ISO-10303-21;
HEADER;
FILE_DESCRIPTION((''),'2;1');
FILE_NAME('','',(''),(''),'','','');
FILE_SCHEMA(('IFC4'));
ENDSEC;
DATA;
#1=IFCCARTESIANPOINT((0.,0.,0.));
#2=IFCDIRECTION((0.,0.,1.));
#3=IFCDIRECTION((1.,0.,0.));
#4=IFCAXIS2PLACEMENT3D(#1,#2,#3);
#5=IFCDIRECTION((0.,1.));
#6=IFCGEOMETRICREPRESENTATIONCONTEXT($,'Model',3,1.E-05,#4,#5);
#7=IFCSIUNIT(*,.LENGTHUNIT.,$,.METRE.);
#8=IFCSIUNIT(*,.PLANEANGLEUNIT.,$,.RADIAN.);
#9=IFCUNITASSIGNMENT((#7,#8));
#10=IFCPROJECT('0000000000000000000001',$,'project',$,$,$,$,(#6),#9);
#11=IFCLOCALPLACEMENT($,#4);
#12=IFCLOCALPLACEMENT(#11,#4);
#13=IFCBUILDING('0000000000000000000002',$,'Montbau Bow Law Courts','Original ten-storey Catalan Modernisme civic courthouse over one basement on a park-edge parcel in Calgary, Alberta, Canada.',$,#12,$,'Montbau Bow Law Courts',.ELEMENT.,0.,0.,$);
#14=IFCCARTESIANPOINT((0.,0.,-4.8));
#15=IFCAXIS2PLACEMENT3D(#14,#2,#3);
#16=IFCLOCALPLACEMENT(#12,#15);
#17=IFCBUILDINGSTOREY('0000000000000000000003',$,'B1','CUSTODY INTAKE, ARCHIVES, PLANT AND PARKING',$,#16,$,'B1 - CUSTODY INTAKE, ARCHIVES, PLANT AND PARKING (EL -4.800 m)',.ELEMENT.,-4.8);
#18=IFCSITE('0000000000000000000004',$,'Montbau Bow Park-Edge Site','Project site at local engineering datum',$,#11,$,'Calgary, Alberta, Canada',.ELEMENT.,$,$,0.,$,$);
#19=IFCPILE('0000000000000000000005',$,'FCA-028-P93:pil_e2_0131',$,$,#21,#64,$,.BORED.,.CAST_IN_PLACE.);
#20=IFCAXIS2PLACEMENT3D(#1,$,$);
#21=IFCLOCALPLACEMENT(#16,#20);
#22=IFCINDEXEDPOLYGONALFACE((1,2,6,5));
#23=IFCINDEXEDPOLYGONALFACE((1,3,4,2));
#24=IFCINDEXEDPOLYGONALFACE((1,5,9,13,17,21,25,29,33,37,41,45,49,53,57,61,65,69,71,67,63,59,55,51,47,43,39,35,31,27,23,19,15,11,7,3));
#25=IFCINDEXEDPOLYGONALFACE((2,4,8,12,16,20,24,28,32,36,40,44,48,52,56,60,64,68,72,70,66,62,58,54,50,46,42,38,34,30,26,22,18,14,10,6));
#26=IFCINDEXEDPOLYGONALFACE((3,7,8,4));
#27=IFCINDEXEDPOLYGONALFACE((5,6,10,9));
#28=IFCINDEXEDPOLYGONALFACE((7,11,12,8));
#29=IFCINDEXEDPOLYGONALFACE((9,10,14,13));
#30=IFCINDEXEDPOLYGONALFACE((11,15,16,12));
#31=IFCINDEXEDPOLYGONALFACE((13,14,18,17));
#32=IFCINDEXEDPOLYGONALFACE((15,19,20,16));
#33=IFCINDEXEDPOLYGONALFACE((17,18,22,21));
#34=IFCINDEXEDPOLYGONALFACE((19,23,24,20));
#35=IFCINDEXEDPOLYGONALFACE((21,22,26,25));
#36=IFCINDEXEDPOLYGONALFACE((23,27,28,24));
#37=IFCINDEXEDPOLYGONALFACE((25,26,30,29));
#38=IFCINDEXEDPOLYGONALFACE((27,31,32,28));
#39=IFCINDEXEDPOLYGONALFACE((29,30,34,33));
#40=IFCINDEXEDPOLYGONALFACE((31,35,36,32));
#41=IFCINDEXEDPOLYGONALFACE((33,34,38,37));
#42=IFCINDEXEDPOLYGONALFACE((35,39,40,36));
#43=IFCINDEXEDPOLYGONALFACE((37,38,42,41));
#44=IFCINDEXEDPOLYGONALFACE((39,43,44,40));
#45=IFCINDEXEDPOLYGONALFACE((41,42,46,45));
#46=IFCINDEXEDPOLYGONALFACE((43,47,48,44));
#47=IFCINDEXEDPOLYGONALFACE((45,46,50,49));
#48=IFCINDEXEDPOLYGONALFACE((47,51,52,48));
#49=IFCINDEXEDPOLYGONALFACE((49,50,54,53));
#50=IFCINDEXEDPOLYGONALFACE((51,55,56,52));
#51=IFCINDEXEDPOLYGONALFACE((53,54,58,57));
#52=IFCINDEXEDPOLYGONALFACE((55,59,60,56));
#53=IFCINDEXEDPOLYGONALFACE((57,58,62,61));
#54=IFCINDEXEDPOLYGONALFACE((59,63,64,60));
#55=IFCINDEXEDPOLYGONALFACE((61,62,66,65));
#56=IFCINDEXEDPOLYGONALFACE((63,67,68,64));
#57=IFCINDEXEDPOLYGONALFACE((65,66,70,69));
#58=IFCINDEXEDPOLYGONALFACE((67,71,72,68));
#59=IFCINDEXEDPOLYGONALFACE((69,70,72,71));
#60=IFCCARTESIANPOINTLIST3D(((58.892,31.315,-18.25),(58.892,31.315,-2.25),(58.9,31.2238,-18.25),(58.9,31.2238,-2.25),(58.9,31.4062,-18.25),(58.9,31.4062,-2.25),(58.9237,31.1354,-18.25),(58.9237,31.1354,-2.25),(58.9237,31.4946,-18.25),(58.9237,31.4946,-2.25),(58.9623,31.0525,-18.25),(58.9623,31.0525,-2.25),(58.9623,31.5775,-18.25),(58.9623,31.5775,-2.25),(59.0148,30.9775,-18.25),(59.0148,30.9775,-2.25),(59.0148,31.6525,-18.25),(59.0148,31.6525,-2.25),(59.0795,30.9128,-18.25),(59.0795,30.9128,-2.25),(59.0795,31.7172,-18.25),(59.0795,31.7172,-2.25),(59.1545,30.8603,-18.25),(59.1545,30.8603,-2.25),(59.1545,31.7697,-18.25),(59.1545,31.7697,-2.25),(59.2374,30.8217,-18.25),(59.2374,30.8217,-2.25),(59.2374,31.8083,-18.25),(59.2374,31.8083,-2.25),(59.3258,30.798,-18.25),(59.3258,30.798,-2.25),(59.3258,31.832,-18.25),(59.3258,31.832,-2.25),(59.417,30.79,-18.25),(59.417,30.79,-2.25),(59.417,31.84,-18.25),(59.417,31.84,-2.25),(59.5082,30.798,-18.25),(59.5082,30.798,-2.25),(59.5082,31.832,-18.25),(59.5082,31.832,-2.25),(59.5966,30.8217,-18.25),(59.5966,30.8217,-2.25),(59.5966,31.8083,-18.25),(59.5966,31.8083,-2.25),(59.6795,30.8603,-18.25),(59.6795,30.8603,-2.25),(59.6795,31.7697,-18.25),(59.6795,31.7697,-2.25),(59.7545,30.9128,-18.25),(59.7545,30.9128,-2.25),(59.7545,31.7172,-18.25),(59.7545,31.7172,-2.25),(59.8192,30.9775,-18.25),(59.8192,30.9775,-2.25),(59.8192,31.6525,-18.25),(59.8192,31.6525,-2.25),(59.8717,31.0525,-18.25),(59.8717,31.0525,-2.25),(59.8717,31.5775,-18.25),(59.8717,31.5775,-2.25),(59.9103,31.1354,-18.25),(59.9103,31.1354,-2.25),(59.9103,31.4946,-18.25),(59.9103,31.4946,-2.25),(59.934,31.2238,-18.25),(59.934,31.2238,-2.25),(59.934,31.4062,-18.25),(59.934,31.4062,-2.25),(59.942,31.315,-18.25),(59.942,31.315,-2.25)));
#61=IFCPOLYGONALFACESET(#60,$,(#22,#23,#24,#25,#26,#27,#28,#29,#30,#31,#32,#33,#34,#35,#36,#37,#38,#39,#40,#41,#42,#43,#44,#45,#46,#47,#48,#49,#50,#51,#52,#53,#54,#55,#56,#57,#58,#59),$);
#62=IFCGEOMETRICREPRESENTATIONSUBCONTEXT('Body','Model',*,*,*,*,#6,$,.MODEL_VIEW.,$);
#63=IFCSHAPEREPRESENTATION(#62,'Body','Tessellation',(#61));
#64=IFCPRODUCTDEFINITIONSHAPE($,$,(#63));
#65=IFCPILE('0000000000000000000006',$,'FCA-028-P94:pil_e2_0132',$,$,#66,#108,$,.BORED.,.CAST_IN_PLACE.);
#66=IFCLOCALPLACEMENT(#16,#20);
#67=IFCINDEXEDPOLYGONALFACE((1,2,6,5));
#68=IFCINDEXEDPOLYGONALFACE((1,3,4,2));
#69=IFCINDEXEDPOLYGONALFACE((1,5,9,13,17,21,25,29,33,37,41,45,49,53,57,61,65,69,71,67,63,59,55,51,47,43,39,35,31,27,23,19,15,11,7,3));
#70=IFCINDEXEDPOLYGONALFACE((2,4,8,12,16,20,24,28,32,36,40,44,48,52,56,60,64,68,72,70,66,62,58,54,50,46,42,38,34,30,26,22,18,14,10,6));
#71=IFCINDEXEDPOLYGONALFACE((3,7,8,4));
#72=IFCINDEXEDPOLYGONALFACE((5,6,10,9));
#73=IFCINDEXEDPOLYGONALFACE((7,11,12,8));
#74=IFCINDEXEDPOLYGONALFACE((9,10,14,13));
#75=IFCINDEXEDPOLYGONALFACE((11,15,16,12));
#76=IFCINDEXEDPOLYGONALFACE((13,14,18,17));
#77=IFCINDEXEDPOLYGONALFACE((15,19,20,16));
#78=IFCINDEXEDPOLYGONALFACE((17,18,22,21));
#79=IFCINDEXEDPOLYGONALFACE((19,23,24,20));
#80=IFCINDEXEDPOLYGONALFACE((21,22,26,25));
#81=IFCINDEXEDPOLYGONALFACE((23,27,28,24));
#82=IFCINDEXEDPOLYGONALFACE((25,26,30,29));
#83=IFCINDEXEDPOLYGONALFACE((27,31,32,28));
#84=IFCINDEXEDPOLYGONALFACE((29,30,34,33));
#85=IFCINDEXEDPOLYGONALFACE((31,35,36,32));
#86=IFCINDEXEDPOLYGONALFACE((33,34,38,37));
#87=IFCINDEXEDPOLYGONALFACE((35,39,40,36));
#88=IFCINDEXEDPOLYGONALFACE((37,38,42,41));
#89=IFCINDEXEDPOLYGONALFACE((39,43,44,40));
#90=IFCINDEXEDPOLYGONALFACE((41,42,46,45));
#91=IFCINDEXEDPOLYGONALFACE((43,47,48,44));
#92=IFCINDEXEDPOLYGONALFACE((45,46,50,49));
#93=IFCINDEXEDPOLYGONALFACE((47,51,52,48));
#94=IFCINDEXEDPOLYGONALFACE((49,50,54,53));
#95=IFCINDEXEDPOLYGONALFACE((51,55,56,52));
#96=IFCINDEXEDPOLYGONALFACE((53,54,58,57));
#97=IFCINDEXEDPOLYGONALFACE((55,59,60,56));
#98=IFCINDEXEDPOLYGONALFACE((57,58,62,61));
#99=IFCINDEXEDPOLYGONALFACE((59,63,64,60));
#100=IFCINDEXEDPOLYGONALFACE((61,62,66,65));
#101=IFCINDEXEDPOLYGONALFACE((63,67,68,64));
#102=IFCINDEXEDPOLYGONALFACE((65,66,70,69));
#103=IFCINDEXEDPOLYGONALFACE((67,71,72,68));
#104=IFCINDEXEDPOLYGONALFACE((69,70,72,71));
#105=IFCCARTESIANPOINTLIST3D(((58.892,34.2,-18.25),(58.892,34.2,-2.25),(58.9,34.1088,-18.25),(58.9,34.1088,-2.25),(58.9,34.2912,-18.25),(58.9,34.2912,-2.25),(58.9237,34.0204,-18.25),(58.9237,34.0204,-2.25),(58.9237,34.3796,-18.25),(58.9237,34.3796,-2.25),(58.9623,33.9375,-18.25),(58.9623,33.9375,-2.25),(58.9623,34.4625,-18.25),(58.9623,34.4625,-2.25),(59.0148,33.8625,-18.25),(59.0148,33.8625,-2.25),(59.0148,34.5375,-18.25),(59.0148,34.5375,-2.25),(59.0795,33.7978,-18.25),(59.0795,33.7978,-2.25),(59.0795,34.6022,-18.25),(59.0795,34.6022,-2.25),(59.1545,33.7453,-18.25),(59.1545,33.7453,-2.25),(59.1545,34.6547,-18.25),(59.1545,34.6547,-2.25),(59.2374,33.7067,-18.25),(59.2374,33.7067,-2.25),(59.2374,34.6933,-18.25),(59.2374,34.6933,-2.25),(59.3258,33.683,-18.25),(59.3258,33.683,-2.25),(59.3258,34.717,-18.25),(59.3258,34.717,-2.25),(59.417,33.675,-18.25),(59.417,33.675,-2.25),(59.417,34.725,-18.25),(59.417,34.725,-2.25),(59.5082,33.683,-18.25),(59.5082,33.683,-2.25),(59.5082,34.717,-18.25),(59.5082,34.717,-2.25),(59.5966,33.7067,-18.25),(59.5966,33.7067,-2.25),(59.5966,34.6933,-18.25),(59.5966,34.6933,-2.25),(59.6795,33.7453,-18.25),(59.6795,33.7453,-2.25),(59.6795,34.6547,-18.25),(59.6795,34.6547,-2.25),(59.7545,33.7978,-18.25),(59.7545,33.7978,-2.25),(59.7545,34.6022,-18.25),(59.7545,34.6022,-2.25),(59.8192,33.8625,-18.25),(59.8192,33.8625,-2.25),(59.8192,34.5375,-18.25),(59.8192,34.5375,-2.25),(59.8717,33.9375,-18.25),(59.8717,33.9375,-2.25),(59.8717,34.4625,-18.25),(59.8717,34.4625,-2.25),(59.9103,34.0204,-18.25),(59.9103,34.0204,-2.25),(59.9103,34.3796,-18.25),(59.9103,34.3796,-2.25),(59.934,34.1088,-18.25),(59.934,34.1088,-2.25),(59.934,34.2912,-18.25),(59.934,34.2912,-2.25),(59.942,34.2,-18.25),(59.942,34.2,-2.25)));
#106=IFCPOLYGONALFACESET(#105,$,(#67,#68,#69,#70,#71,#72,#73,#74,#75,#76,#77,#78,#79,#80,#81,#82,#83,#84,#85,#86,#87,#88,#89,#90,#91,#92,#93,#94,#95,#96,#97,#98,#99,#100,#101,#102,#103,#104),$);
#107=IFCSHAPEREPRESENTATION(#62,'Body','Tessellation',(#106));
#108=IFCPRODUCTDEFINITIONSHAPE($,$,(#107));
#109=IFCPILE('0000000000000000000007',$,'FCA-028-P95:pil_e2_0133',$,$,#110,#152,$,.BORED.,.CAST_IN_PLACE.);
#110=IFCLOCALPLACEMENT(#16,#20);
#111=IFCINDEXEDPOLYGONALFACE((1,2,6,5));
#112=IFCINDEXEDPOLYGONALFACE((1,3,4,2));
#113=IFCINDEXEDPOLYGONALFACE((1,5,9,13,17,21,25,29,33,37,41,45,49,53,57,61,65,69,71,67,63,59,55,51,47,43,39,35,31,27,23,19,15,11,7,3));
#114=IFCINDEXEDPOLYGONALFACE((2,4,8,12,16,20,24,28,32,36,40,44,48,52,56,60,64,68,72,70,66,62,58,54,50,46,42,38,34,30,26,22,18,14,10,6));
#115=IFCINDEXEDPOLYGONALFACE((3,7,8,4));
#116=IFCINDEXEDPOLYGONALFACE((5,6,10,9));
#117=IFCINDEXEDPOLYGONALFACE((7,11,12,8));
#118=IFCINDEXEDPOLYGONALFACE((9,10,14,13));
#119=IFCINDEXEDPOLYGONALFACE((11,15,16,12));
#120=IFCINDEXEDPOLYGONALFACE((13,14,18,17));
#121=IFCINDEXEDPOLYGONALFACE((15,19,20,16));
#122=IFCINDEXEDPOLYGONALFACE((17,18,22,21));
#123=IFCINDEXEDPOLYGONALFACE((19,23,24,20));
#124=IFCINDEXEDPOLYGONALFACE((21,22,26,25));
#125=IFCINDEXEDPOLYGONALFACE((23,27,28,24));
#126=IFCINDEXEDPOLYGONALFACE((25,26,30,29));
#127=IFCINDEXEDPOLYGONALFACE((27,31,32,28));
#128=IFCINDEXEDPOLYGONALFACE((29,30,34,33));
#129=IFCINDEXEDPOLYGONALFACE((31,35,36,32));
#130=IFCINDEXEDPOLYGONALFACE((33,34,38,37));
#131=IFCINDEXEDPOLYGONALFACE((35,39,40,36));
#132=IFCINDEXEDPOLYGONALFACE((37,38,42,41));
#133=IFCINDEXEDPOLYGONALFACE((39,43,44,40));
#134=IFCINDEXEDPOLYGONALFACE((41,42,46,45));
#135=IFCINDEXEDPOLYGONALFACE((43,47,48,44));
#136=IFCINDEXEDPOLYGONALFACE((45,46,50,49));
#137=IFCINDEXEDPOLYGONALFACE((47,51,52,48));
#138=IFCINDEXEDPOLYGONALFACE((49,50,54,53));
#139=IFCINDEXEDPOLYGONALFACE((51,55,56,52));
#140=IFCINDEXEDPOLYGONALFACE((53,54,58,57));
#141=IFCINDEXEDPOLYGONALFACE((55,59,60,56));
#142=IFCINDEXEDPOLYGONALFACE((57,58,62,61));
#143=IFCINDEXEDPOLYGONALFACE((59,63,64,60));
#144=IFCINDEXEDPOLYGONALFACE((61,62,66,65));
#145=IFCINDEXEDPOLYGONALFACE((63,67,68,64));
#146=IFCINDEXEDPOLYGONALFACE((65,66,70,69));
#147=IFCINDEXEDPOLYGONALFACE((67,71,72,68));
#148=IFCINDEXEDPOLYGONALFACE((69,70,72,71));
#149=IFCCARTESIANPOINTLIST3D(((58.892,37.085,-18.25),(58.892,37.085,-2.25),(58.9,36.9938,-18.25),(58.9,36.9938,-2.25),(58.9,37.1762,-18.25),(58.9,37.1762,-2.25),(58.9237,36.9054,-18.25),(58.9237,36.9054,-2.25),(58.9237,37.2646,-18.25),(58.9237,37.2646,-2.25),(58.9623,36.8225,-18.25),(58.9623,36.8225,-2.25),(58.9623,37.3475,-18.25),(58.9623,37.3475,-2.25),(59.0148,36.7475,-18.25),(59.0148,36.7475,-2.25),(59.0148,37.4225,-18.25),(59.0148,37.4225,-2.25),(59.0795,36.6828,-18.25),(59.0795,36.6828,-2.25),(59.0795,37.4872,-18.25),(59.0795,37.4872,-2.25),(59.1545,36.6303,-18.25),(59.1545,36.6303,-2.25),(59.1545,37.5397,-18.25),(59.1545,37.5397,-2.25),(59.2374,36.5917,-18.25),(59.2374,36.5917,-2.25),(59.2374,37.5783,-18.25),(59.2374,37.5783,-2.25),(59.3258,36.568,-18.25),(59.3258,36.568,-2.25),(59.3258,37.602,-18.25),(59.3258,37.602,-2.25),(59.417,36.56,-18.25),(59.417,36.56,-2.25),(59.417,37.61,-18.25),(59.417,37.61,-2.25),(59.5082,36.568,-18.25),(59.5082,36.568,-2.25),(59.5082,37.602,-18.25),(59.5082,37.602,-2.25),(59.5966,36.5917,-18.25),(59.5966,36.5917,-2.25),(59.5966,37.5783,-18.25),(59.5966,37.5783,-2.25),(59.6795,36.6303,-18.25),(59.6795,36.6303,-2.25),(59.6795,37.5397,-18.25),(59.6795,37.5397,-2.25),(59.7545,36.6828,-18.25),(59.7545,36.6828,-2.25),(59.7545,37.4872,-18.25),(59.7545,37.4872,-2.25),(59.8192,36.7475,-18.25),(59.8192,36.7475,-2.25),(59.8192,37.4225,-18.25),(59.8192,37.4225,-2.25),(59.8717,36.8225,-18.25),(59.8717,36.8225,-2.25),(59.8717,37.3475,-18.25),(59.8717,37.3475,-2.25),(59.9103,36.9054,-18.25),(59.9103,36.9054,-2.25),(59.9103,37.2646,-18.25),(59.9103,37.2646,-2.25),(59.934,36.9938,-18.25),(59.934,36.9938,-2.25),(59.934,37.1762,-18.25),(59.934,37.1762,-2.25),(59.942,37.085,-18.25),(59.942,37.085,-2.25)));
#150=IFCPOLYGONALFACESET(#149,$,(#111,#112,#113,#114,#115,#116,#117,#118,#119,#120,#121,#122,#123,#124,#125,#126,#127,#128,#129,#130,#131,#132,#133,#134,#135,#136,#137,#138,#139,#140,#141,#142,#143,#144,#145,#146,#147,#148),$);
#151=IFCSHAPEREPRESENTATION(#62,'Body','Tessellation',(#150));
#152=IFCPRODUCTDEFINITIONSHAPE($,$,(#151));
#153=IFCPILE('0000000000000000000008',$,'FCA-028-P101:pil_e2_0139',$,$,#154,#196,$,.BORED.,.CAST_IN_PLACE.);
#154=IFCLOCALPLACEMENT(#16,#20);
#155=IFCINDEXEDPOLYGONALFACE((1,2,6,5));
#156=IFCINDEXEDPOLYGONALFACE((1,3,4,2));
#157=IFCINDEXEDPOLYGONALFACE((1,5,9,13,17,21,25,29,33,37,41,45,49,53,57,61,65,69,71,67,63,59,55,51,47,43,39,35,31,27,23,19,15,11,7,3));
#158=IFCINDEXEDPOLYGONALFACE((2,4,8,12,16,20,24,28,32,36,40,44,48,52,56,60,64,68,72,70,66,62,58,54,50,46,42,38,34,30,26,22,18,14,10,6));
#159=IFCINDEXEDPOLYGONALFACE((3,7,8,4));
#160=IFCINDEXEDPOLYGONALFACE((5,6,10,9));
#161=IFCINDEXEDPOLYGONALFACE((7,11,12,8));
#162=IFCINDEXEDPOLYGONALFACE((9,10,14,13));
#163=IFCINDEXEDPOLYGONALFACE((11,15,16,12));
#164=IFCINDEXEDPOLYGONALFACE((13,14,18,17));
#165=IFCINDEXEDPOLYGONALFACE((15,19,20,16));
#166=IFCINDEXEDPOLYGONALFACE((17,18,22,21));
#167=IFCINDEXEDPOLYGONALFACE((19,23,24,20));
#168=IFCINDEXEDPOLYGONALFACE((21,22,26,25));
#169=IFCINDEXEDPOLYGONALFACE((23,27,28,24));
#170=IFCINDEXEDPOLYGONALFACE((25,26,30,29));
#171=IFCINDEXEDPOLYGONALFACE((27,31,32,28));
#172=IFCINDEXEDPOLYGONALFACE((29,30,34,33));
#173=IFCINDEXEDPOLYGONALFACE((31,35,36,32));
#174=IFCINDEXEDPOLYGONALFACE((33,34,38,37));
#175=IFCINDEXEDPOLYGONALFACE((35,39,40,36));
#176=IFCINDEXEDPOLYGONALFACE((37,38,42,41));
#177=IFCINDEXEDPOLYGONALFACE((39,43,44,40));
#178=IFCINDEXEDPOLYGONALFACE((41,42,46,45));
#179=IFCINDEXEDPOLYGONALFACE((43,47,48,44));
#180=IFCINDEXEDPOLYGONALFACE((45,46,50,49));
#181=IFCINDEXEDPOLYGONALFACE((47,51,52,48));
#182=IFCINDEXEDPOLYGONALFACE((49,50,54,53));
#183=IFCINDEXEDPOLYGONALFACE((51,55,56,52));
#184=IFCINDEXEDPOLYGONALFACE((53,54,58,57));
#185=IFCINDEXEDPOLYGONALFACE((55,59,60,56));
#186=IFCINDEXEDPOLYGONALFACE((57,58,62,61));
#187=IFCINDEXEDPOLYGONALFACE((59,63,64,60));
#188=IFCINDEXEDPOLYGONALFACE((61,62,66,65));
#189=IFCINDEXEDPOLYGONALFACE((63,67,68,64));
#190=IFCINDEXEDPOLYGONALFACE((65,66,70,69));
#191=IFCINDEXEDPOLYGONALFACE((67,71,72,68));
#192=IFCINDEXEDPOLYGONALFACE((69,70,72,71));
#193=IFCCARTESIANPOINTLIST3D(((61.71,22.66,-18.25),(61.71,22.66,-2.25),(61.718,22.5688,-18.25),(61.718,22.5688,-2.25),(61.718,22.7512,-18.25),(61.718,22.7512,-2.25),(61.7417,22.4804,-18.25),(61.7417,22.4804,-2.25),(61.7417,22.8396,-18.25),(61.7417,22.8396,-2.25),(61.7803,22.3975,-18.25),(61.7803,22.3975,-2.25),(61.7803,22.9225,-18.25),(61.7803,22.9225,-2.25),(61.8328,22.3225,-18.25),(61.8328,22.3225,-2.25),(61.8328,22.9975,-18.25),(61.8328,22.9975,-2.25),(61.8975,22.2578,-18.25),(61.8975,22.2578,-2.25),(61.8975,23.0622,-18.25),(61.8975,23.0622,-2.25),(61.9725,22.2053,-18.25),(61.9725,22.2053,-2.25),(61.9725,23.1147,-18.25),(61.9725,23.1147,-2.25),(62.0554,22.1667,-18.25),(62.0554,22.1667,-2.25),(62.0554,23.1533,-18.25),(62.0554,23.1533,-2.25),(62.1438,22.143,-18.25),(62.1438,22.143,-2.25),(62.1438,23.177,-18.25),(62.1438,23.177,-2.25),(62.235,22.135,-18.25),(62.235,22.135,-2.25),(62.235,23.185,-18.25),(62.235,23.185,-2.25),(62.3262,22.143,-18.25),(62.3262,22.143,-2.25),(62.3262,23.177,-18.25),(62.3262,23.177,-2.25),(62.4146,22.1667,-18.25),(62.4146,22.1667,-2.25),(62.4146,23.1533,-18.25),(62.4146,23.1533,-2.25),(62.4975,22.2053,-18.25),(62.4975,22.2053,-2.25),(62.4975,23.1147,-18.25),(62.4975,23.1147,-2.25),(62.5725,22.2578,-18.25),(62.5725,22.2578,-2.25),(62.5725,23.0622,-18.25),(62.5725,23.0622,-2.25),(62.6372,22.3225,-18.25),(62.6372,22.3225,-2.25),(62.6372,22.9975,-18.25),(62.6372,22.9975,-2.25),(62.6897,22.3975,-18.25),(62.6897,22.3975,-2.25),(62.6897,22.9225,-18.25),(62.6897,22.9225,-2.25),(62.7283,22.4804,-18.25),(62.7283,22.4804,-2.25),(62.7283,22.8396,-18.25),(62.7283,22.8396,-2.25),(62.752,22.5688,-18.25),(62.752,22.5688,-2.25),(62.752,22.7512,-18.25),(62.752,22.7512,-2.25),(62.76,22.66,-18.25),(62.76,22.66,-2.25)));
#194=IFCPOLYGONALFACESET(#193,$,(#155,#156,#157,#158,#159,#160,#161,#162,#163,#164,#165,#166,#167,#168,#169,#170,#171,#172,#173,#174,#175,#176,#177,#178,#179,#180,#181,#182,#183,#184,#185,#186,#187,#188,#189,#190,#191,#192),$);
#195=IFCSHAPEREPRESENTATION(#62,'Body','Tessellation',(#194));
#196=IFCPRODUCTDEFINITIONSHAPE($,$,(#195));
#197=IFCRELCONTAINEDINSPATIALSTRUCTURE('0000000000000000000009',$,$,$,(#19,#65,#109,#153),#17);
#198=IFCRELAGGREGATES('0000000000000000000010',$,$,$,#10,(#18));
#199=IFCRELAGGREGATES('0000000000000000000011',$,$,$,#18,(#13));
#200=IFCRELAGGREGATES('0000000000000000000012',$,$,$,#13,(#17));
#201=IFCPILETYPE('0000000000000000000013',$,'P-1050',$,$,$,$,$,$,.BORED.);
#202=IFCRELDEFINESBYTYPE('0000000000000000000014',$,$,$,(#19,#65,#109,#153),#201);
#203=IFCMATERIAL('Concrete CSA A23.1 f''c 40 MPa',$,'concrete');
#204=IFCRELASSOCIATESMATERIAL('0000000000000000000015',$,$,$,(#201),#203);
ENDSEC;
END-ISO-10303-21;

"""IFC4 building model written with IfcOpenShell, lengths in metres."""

from ifc_helpers import new_model, si_unit, direction, frame, origin_with_axes, origin_2d_with_axis, place, context, subcontext, project, spatial, circle, extrude, material, material_profile, profile_set, type_object, element, save


model = new_model("IFC4")

# Units and contexts
model_context = context("Model", 3, precision=1e-05, world=origin_with_axes(), true_north=direction((0.0, 1.0)))
body_context = subcontext(model_context, "Body", "Model", "MODEL_VIEW")
ifc_project = project(units=[si_unit("LENGTHUNIT", "METRE"), si_unit("PLANEANGLEUNIT", "RADIAN")], contexts=[model_context])

# Site, building, storey
site_placement = place(None, origin_with_axes())
site = spatial("IfcSite", under=ifc_project, at=site_placement, Name="Montbau Bow Park-Edge Site", Description="Project site at local engineering datum", LongName="Calgary, Alberta, Canada", CompositionType="ELEMENT", RefElevation=0.0)
building_placement = place(site_placement, origin_with_axes())
building = spatial("IfcBuilding", under=site, at=building_placement, Name="Montbau Bow Law Courts", Description="Original ten-storey Catalan Modernisme civic courthouse over one basement on a park-edge parcel in Calgary, Alberta, Canada.", LongName="Montbau Bow Law Courts", CompositionType="ELEMENT", ElevationOfRefHeight=0.0, ElevationOfTerrain=0.0)
storey_placement = place(building_placement, frame((0.0, 0.0, -4.8), z_axis=(0.0, 0.0, 1.0), x_axis=(1.0, 0.0, 0.0)))
storey = spatial("IfcBuildingStorey", under=building, at=storey_placement, Name="B1", Description="CUSTODY INTAKE, ARCHIVES, PLANT AND PARKING", LongName="B1 - CUSTODY INTAKE, ARCHIVES, PLANT AND PARKING (EL -4.800 m)", CompositionType="ELEMENT", Elevation=-4.8)

# Piles
ifc_material_1 = material(Name="Concrete CSA A23.1 f'c 40 MPa", Category="concrete")
ifc_material_profile_1 = material_profile(ifc_material_1, circle(Radius=0.525, at=origin_2d_with_axis()), Name="BP1050", Category="Main", Priority=0)
ifc_profile_set_1 = profile_set([ifc_material_profile_1], Name="Concrete CSA A23.1 f'c 40 MPa")
pile_type = type_object("IfcPileType", Name="P-1050", PredefinedType="BORED", material=ifc_profile_set_1)
for number, where, z_axis, x_axis, name in (
    (1, (59.417, 31.315, -23.05), (0.0, 0.0, 1.0), (1.0, 0.0, 0.0), "FCA-028-P93:pil_e2_0131"),
    (2, (59.417, 34.2, -23.05), (0.0, 0.0, 1.0), (1.0, 0.0, 0.0), "FCA-028-P94:pil_e2_0132"),
    (3, (59.417, 37.085, -23.05), (0.0, 0.0, 1.0), (1.0, 0.0, 0.0), "FCA-028-P95:pil_e2_0133"),
    (4, (62.235, 22.66, -23.05), (0.0, 0.0, 1.0), (1.0, 0.0, 0.0), "FCA-028-P101:pil_e2_0139"),
):
    element("IfcPile", number, at=place(None, frame(where, z_axis=z_axis, x_axis=x_axis)), inside=storey, type_object=pile_type, Name=name, ConstructionType="CAST_IN_PLACE", PredefinedType="BORED", context=body_context, shape_type="SweptSolid", body=[
        extrude(circle(Radius=0.525, at=origin_2d_with_axis()), origin_with_axes(), (0.0, 0.0, 1.0), 16.0),
    ])

save(model, "model.ifc")
